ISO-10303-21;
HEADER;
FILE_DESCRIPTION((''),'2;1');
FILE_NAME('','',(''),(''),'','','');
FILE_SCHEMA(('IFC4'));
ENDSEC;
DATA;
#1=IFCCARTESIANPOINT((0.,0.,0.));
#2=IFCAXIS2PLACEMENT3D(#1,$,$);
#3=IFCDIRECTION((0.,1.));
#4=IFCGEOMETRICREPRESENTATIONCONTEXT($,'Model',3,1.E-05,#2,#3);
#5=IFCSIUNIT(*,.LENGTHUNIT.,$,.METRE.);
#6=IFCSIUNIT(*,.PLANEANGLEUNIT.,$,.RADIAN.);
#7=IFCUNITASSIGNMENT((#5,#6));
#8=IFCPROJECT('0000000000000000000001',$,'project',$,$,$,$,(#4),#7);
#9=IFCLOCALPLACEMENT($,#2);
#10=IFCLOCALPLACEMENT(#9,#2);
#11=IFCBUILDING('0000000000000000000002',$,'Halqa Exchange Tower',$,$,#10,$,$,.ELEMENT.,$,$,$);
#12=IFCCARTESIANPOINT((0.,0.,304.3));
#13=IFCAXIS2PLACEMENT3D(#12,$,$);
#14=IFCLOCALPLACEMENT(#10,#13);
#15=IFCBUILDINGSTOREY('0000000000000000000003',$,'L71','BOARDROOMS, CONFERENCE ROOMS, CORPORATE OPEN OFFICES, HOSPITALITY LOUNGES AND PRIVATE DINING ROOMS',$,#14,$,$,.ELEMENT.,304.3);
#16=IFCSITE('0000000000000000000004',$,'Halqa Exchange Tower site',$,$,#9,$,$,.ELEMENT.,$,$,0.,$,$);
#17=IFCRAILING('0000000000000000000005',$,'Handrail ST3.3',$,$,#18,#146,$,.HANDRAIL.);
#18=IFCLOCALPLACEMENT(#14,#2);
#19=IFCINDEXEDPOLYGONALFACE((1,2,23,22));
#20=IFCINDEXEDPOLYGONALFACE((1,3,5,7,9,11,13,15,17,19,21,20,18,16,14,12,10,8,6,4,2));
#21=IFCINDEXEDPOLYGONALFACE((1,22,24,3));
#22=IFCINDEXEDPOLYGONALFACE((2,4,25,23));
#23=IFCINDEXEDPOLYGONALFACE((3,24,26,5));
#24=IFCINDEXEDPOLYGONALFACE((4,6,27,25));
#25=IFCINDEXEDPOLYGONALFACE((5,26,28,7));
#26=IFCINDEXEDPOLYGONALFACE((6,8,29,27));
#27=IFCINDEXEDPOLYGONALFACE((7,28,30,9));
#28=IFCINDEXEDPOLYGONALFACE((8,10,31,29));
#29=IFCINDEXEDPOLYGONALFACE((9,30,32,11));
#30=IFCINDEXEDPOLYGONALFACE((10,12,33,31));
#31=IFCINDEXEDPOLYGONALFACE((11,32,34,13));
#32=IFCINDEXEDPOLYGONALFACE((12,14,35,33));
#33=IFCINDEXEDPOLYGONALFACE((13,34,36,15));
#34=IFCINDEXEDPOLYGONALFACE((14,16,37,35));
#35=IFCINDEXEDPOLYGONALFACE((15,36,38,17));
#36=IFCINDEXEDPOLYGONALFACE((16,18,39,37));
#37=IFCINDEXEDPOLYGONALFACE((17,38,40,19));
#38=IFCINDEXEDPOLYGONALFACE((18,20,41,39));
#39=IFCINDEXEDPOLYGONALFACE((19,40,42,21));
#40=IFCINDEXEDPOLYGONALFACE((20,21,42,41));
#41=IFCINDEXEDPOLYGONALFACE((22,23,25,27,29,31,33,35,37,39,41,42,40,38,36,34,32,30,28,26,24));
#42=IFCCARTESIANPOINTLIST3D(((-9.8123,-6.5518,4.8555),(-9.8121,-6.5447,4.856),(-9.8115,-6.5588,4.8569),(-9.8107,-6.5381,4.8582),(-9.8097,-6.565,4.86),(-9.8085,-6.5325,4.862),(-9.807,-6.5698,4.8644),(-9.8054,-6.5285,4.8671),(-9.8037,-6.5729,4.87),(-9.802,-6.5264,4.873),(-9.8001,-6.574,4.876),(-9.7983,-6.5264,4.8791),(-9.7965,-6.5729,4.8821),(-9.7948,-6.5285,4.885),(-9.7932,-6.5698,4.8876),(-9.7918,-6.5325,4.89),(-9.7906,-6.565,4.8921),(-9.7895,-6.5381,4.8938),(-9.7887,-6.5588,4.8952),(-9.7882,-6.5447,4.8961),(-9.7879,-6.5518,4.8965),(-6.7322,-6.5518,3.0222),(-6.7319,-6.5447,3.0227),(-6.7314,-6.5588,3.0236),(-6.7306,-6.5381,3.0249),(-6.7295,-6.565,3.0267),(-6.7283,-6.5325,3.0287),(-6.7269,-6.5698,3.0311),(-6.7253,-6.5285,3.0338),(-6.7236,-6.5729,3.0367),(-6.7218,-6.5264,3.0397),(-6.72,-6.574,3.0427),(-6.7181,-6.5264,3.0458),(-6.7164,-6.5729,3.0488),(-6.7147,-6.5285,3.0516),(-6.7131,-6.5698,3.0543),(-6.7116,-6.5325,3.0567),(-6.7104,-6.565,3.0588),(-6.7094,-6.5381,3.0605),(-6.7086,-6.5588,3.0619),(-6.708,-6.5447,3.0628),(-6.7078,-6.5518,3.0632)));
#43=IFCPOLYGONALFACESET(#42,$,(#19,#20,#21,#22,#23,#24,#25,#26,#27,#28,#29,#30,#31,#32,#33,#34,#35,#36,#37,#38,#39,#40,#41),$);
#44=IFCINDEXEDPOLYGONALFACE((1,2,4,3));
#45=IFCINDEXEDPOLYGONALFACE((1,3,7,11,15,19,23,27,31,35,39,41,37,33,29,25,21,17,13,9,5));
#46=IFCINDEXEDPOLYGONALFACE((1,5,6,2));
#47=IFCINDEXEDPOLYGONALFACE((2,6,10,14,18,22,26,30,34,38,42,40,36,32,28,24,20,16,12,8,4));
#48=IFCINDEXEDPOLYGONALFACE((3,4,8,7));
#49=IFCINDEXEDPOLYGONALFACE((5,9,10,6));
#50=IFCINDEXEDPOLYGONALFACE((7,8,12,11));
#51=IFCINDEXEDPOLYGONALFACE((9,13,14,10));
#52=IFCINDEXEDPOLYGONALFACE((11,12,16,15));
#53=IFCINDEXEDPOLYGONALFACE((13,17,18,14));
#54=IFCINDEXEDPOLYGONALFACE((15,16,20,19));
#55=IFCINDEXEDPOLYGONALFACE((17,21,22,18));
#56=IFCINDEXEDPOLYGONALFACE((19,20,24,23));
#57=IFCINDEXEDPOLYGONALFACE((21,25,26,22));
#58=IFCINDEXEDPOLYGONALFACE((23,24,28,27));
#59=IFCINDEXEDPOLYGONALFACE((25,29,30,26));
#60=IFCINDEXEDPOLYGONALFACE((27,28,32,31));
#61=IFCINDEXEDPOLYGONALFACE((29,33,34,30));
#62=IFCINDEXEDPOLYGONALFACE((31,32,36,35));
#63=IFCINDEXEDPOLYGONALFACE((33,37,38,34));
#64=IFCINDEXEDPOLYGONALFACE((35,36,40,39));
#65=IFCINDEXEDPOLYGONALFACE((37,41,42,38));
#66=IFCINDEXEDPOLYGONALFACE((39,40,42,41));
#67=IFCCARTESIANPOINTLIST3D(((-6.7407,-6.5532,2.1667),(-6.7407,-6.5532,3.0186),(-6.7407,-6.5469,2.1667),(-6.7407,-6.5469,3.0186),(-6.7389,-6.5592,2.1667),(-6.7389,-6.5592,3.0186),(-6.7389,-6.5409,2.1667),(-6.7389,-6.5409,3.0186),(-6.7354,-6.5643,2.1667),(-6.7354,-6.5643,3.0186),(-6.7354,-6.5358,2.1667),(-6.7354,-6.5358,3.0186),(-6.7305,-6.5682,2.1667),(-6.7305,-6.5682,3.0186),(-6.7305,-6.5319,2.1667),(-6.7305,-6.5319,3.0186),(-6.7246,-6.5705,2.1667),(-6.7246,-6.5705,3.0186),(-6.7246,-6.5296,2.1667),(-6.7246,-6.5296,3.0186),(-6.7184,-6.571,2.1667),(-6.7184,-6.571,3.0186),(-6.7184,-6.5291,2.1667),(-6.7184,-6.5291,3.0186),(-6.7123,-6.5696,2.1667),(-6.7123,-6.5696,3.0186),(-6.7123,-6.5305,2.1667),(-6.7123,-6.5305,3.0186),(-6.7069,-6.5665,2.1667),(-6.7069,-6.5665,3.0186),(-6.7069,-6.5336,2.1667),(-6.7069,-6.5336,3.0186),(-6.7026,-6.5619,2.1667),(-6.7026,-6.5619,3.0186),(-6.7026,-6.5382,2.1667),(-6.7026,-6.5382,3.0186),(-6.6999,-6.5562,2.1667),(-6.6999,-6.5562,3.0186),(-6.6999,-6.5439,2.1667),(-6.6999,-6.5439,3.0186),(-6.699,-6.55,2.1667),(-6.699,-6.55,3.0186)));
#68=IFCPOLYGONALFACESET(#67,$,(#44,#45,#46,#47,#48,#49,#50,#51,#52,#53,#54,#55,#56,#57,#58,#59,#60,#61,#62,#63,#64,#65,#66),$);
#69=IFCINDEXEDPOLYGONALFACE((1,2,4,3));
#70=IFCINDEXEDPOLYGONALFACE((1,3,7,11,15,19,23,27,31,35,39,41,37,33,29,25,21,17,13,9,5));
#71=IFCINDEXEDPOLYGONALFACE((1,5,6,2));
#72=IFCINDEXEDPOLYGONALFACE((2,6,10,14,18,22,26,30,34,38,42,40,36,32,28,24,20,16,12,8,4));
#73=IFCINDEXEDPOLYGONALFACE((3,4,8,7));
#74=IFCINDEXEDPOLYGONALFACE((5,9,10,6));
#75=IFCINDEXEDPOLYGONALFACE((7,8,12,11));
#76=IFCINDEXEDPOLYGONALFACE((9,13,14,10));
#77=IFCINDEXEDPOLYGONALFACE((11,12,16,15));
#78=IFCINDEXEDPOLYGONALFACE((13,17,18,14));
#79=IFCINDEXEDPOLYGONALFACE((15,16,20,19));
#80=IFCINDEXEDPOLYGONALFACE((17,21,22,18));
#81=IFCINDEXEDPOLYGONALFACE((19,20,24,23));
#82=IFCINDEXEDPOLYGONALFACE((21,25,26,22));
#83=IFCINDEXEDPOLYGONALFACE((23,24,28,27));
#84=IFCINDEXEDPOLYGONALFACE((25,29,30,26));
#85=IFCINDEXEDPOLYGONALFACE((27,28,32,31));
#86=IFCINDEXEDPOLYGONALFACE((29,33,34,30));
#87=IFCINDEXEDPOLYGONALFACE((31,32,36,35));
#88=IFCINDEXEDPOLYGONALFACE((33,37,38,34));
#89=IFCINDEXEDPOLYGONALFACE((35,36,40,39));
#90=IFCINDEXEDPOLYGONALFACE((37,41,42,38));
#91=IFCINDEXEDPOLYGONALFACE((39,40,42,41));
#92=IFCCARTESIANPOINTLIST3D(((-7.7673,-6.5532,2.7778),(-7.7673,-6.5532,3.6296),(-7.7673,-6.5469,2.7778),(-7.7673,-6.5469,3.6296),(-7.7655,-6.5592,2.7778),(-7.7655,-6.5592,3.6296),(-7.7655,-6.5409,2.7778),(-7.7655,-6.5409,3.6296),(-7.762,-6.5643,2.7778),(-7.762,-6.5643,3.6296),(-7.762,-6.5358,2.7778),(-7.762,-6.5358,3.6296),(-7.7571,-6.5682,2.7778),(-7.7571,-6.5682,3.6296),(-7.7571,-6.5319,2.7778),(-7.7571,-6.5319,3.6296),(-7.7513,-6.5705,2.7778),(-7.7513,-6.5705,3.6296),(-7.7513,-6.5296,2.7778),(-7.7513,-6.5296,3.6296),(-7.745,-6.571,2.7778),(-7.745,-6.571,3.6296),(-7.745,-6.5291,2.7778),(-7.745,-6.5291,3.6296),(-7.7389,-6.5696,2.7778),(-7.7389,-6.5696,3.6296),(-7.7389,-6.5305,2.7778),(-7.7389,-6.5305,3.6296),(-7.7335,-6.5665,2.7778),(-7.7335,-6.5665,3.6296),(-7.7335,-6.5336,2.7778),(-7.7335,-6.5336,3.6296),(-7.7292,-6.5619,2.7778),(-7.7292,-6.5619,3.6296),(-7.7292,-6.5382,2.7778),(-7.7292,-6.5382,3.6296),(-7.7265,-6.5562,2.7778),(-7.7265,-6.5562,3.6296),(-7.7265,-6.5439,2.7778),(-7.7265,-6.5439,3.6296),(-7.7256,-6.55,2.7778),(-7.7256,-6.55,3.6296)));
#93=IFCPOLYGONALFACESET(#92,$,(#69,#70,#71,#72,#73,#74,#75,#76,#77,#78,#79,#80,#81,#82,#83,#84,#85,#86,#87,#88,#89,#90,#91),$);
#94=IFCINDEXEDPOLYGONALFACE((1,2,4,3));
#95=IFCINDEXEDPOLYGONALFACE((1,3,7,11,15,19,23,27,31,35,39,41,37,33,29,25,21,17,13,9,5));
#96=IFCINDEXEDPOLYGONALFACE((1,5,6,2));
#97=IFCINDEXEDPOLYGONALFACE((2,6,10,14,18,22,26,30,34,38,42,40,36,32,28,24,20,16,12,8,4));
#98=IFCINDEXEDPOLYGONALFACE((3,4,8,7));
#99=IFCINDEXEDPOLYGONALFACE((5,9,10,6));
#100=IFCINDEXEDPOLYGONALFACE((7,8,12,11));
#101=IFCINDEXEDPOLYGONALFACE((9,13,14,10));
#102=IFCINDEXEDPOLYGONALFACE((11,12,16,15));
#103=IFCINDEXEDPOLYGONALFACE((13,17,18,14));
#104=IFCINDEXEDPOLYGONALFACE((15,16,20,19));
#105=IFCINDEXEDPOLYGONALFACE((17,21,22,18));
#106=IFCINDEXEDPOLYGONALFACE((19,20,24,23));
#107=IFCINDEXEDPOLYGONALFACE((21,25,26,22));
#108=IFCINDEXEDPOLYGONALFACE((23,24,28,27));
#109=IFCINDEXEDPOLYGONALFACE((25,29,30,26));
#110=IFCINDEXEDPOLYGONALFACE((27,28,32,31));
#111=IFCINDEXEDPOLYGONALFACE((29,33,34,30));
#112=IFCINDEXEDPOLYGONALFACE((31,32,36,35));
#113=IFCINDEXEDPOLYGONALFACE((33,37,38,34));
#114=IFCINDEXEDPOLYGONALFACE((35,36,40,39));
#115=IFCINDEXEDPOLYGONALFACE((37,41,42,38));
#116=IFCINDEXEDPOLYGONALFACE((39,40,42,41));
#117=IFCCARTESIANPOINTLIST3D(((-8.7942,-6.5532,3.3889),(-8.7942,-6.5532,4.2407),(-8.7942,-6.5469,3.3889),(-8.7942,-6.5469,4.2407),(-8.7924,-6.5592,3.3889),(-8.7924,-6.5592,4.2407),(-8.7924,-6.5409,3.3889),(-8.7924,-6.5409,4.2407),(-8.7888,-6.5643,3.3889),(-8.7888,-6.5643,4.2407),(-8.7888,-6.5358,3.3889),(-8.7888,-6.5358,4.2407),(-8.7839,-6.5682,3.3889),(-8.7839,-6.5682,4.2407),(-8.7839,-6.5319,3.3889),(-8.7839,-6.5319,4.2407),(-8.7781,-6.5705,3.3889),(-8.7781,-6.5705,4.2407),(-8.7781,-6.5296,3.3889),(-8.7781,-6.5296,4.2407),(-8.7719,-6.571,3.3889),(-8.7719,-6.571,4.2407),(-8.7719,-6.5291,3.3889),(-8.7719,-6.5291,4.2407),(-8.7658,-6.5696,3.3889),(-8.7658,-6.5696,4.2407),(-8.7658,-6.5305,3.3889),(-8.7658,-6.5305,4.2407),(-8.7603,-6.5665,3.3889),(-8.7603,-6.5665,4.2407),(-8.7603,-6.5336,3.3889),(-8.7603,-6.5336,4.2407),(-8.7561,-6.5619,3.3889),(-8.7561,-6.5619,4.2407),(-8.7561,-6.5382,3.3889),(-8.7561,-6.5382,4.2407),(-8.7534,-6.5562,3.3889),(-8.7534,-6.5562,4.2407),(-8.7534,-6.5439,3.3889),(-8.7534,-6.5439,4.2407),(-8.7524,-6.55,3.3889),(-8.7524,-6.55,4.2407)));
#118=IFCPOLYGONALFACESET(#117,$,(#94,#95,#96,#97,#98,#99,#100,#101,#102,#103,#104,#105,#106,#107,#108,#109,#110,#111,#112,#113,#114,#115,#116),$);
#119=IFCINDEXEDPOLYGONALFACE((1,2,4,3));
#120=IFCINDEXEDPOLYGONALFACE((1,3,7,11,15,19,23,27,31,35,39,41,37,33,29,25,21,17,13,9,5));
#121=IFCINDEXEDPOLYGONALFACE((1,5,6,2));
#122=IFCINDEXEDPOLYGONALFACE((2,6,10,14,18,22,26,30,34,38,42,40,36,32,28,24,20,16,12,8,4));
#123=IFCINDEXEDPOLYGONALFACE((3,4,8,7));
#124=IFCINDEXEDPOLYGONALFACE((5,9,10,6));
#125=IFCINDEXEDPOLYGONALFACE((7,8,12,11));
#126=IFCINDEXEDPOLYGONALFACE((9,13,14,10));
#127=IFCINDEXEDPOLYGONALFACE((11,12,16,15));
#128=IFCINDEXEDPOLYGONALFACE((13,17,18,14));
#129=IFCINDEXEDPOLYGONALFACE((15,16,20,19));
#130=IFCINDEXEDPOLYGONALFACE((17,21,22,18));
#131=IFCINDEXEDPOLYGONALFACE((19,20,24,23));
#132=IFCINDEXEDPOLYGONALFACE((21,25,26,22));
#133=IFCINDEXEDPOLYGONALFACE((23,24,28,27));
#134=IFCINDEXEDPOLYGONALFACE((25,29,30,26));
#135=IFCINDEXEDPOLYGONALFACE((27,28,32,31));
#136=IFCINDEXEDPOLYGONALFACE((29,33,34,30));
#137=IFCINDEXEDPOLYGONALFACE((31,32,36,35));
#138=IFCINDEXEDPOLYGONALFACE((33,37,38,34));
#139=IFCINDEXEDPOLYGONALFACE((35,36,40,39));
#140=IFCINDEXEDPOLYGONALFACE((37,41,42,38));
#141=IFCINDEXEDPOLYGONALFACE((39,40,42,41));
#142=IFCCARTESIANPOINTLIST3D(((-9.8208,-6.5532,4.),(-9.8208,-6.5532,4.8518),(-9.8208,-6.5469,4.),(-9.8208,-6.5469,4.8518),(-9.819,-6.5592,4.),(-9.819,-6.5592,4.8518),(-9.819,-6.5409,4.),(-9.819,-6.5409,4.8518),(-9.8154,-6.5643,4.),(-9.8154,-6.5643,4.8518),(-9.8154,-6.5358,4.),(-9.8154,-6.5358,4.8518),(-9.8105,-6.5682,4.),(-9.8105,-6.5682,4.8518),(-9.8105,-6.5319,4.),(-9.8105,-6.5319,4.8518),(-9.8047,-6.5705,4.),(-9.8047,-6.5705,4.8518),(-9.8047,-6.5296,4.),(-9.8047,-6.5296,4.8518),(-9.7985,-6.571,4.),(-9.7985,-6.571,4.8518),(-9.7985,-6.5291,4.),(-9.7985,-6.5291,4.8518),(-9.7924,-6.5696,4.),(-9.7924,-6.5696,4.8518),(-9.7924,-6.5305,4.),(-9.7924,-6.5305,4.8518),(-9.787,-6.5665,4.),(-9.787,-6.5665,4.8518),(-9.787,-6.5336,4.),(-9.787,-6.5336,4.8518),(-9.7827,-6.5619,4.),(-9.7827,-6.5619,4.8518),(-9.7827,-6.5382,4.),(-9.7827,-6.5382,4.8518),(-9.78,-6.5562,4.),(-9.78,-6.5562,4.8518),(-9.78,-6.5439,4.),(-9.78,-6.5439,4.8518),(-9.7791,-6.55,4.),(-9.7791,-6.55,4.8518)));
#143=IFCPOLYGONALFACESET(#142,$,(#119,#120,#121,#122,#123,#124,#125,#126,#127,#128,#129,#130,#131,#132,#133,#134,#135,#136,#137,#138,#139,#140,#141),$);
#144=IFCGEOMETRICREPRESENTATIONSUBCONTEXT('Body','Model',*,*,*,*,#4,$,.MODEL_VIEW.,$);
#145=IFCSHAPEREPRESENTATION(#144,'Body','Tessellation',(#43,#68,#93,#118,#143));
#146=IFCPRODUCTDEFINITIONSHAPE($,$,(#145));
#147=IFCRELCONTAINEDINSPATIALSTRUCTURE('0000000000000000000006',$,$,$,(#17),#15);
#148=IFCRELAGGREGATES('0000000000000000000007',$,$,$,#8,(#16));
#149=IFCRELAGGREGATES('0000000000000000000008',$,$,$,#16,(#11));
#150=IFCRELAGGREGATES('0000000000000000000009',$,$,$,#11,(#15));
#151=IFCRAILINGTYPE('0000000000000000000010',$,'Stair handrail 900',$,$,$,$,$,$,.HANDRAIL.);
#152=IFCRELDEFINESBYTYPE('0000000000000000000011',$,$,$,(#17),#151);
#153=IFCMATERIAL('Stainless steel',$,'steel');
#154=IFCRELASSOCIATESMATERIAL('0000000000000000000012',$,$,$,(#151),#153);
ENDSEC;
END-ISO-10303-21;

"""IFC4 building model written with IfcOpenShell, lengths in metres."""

from ifc_helpers import new_model, si_unit, direction, frame, origin, origin_2d, place, context, subcontext, project, spatial, circle, extrude, material, type_object, element, save


model = new_model("IFC4")

# Units and contexts
model_context = context("Model", 3, precision=1e-05, world=origin(), true_north=direction((0.0, 1.0)))
body_context = subcontext(model_context, "Body", "Model", "MODEL_VIEW")
ifc_project = project(units=[si_unit("LENGTHUNIT", "METRE"), si_unit("PLANEANGLEUNIT", "RADIAN")], contexts=[model_context])

# Site, building, storey
site_placement = place(None, origin())
site = spatial("IfcSite", under=ifc_project, at=site_placement, Name="Halqa Exchange Tower site", CompositionType="ELEMENT", RefElevation=0.0)
building_placement = place(site_placement, origin())
building = spatial("IfcBuilding", under=site, at=building_placement, Name="Halqa Exchange Tower", CompositionType="ELEMENT")
storey_placement = place(building_placement, frame((0.0, 0.0, 304.3)))
storey = spatial("IfcBuildingStorey", under=building, at=storey_placement, Name="L71", Description="BOARDROOMS, CONFERENCE ROOMS, CORPORATE OPEN OFFICES, HOSPITALITY LOUNGES AND PRIVATE DINING ROOMS", CompositionType="ELEMENT", Elevation=304.3)

# Shared definitions
ifc_material_1 = material(Name="Stainless steel", Category="steel")

# Railing
railing_type_1 = type_object("IfcRailingType", Name="Stair handrail 900", PredefinedType="HANDRAIL", material=ifc_material_1)
railing_1_placement = place(storey_placement, frame((-6.72, -6.55, 2.1667)))
element("IfcRailing", 1, at=railing_1_placement, inside=storey, type_object=railing_type_1, Name="Handrail ST3.3", PredefinedType="HANDRAIL", context=body_context, shape_type="SweptSolid", body=[
    extrude(circle(Radius=0.0239, at=origin_2d()), frame((0.0, 0.0, 0.876), z_axis=(-0.859309, 0.0, 0.511458), x_axis=(0.0, -1.0, 0.0)), (0.0, 0.0, 1.0), 3.5845),
    extrude(circle(Radius=0.021, at=origin_2d()), origin(), (0.0, 0.0, 1.0), 0.8518),
    extrude(circle(Radius=0.021, at=origin_2d()), frame((-1.0266, 0.0, 0.6111)), (0.0, 0.0, 1.0), 0.8518),
    extrude(circle(Radius=0.021, at=origin_2d()), frame((-2.0535, 0.0, 1.2222)), (0.0, 0.0, 1.0), 0.8518),
    extrude(circle(Radius=0.021, at=origin_2d()), frame((-3.0801, 0.0, 1.8333)), (0.0, 0.0, 1.0), 0.8518),
])

save(model, "model.ifc")
